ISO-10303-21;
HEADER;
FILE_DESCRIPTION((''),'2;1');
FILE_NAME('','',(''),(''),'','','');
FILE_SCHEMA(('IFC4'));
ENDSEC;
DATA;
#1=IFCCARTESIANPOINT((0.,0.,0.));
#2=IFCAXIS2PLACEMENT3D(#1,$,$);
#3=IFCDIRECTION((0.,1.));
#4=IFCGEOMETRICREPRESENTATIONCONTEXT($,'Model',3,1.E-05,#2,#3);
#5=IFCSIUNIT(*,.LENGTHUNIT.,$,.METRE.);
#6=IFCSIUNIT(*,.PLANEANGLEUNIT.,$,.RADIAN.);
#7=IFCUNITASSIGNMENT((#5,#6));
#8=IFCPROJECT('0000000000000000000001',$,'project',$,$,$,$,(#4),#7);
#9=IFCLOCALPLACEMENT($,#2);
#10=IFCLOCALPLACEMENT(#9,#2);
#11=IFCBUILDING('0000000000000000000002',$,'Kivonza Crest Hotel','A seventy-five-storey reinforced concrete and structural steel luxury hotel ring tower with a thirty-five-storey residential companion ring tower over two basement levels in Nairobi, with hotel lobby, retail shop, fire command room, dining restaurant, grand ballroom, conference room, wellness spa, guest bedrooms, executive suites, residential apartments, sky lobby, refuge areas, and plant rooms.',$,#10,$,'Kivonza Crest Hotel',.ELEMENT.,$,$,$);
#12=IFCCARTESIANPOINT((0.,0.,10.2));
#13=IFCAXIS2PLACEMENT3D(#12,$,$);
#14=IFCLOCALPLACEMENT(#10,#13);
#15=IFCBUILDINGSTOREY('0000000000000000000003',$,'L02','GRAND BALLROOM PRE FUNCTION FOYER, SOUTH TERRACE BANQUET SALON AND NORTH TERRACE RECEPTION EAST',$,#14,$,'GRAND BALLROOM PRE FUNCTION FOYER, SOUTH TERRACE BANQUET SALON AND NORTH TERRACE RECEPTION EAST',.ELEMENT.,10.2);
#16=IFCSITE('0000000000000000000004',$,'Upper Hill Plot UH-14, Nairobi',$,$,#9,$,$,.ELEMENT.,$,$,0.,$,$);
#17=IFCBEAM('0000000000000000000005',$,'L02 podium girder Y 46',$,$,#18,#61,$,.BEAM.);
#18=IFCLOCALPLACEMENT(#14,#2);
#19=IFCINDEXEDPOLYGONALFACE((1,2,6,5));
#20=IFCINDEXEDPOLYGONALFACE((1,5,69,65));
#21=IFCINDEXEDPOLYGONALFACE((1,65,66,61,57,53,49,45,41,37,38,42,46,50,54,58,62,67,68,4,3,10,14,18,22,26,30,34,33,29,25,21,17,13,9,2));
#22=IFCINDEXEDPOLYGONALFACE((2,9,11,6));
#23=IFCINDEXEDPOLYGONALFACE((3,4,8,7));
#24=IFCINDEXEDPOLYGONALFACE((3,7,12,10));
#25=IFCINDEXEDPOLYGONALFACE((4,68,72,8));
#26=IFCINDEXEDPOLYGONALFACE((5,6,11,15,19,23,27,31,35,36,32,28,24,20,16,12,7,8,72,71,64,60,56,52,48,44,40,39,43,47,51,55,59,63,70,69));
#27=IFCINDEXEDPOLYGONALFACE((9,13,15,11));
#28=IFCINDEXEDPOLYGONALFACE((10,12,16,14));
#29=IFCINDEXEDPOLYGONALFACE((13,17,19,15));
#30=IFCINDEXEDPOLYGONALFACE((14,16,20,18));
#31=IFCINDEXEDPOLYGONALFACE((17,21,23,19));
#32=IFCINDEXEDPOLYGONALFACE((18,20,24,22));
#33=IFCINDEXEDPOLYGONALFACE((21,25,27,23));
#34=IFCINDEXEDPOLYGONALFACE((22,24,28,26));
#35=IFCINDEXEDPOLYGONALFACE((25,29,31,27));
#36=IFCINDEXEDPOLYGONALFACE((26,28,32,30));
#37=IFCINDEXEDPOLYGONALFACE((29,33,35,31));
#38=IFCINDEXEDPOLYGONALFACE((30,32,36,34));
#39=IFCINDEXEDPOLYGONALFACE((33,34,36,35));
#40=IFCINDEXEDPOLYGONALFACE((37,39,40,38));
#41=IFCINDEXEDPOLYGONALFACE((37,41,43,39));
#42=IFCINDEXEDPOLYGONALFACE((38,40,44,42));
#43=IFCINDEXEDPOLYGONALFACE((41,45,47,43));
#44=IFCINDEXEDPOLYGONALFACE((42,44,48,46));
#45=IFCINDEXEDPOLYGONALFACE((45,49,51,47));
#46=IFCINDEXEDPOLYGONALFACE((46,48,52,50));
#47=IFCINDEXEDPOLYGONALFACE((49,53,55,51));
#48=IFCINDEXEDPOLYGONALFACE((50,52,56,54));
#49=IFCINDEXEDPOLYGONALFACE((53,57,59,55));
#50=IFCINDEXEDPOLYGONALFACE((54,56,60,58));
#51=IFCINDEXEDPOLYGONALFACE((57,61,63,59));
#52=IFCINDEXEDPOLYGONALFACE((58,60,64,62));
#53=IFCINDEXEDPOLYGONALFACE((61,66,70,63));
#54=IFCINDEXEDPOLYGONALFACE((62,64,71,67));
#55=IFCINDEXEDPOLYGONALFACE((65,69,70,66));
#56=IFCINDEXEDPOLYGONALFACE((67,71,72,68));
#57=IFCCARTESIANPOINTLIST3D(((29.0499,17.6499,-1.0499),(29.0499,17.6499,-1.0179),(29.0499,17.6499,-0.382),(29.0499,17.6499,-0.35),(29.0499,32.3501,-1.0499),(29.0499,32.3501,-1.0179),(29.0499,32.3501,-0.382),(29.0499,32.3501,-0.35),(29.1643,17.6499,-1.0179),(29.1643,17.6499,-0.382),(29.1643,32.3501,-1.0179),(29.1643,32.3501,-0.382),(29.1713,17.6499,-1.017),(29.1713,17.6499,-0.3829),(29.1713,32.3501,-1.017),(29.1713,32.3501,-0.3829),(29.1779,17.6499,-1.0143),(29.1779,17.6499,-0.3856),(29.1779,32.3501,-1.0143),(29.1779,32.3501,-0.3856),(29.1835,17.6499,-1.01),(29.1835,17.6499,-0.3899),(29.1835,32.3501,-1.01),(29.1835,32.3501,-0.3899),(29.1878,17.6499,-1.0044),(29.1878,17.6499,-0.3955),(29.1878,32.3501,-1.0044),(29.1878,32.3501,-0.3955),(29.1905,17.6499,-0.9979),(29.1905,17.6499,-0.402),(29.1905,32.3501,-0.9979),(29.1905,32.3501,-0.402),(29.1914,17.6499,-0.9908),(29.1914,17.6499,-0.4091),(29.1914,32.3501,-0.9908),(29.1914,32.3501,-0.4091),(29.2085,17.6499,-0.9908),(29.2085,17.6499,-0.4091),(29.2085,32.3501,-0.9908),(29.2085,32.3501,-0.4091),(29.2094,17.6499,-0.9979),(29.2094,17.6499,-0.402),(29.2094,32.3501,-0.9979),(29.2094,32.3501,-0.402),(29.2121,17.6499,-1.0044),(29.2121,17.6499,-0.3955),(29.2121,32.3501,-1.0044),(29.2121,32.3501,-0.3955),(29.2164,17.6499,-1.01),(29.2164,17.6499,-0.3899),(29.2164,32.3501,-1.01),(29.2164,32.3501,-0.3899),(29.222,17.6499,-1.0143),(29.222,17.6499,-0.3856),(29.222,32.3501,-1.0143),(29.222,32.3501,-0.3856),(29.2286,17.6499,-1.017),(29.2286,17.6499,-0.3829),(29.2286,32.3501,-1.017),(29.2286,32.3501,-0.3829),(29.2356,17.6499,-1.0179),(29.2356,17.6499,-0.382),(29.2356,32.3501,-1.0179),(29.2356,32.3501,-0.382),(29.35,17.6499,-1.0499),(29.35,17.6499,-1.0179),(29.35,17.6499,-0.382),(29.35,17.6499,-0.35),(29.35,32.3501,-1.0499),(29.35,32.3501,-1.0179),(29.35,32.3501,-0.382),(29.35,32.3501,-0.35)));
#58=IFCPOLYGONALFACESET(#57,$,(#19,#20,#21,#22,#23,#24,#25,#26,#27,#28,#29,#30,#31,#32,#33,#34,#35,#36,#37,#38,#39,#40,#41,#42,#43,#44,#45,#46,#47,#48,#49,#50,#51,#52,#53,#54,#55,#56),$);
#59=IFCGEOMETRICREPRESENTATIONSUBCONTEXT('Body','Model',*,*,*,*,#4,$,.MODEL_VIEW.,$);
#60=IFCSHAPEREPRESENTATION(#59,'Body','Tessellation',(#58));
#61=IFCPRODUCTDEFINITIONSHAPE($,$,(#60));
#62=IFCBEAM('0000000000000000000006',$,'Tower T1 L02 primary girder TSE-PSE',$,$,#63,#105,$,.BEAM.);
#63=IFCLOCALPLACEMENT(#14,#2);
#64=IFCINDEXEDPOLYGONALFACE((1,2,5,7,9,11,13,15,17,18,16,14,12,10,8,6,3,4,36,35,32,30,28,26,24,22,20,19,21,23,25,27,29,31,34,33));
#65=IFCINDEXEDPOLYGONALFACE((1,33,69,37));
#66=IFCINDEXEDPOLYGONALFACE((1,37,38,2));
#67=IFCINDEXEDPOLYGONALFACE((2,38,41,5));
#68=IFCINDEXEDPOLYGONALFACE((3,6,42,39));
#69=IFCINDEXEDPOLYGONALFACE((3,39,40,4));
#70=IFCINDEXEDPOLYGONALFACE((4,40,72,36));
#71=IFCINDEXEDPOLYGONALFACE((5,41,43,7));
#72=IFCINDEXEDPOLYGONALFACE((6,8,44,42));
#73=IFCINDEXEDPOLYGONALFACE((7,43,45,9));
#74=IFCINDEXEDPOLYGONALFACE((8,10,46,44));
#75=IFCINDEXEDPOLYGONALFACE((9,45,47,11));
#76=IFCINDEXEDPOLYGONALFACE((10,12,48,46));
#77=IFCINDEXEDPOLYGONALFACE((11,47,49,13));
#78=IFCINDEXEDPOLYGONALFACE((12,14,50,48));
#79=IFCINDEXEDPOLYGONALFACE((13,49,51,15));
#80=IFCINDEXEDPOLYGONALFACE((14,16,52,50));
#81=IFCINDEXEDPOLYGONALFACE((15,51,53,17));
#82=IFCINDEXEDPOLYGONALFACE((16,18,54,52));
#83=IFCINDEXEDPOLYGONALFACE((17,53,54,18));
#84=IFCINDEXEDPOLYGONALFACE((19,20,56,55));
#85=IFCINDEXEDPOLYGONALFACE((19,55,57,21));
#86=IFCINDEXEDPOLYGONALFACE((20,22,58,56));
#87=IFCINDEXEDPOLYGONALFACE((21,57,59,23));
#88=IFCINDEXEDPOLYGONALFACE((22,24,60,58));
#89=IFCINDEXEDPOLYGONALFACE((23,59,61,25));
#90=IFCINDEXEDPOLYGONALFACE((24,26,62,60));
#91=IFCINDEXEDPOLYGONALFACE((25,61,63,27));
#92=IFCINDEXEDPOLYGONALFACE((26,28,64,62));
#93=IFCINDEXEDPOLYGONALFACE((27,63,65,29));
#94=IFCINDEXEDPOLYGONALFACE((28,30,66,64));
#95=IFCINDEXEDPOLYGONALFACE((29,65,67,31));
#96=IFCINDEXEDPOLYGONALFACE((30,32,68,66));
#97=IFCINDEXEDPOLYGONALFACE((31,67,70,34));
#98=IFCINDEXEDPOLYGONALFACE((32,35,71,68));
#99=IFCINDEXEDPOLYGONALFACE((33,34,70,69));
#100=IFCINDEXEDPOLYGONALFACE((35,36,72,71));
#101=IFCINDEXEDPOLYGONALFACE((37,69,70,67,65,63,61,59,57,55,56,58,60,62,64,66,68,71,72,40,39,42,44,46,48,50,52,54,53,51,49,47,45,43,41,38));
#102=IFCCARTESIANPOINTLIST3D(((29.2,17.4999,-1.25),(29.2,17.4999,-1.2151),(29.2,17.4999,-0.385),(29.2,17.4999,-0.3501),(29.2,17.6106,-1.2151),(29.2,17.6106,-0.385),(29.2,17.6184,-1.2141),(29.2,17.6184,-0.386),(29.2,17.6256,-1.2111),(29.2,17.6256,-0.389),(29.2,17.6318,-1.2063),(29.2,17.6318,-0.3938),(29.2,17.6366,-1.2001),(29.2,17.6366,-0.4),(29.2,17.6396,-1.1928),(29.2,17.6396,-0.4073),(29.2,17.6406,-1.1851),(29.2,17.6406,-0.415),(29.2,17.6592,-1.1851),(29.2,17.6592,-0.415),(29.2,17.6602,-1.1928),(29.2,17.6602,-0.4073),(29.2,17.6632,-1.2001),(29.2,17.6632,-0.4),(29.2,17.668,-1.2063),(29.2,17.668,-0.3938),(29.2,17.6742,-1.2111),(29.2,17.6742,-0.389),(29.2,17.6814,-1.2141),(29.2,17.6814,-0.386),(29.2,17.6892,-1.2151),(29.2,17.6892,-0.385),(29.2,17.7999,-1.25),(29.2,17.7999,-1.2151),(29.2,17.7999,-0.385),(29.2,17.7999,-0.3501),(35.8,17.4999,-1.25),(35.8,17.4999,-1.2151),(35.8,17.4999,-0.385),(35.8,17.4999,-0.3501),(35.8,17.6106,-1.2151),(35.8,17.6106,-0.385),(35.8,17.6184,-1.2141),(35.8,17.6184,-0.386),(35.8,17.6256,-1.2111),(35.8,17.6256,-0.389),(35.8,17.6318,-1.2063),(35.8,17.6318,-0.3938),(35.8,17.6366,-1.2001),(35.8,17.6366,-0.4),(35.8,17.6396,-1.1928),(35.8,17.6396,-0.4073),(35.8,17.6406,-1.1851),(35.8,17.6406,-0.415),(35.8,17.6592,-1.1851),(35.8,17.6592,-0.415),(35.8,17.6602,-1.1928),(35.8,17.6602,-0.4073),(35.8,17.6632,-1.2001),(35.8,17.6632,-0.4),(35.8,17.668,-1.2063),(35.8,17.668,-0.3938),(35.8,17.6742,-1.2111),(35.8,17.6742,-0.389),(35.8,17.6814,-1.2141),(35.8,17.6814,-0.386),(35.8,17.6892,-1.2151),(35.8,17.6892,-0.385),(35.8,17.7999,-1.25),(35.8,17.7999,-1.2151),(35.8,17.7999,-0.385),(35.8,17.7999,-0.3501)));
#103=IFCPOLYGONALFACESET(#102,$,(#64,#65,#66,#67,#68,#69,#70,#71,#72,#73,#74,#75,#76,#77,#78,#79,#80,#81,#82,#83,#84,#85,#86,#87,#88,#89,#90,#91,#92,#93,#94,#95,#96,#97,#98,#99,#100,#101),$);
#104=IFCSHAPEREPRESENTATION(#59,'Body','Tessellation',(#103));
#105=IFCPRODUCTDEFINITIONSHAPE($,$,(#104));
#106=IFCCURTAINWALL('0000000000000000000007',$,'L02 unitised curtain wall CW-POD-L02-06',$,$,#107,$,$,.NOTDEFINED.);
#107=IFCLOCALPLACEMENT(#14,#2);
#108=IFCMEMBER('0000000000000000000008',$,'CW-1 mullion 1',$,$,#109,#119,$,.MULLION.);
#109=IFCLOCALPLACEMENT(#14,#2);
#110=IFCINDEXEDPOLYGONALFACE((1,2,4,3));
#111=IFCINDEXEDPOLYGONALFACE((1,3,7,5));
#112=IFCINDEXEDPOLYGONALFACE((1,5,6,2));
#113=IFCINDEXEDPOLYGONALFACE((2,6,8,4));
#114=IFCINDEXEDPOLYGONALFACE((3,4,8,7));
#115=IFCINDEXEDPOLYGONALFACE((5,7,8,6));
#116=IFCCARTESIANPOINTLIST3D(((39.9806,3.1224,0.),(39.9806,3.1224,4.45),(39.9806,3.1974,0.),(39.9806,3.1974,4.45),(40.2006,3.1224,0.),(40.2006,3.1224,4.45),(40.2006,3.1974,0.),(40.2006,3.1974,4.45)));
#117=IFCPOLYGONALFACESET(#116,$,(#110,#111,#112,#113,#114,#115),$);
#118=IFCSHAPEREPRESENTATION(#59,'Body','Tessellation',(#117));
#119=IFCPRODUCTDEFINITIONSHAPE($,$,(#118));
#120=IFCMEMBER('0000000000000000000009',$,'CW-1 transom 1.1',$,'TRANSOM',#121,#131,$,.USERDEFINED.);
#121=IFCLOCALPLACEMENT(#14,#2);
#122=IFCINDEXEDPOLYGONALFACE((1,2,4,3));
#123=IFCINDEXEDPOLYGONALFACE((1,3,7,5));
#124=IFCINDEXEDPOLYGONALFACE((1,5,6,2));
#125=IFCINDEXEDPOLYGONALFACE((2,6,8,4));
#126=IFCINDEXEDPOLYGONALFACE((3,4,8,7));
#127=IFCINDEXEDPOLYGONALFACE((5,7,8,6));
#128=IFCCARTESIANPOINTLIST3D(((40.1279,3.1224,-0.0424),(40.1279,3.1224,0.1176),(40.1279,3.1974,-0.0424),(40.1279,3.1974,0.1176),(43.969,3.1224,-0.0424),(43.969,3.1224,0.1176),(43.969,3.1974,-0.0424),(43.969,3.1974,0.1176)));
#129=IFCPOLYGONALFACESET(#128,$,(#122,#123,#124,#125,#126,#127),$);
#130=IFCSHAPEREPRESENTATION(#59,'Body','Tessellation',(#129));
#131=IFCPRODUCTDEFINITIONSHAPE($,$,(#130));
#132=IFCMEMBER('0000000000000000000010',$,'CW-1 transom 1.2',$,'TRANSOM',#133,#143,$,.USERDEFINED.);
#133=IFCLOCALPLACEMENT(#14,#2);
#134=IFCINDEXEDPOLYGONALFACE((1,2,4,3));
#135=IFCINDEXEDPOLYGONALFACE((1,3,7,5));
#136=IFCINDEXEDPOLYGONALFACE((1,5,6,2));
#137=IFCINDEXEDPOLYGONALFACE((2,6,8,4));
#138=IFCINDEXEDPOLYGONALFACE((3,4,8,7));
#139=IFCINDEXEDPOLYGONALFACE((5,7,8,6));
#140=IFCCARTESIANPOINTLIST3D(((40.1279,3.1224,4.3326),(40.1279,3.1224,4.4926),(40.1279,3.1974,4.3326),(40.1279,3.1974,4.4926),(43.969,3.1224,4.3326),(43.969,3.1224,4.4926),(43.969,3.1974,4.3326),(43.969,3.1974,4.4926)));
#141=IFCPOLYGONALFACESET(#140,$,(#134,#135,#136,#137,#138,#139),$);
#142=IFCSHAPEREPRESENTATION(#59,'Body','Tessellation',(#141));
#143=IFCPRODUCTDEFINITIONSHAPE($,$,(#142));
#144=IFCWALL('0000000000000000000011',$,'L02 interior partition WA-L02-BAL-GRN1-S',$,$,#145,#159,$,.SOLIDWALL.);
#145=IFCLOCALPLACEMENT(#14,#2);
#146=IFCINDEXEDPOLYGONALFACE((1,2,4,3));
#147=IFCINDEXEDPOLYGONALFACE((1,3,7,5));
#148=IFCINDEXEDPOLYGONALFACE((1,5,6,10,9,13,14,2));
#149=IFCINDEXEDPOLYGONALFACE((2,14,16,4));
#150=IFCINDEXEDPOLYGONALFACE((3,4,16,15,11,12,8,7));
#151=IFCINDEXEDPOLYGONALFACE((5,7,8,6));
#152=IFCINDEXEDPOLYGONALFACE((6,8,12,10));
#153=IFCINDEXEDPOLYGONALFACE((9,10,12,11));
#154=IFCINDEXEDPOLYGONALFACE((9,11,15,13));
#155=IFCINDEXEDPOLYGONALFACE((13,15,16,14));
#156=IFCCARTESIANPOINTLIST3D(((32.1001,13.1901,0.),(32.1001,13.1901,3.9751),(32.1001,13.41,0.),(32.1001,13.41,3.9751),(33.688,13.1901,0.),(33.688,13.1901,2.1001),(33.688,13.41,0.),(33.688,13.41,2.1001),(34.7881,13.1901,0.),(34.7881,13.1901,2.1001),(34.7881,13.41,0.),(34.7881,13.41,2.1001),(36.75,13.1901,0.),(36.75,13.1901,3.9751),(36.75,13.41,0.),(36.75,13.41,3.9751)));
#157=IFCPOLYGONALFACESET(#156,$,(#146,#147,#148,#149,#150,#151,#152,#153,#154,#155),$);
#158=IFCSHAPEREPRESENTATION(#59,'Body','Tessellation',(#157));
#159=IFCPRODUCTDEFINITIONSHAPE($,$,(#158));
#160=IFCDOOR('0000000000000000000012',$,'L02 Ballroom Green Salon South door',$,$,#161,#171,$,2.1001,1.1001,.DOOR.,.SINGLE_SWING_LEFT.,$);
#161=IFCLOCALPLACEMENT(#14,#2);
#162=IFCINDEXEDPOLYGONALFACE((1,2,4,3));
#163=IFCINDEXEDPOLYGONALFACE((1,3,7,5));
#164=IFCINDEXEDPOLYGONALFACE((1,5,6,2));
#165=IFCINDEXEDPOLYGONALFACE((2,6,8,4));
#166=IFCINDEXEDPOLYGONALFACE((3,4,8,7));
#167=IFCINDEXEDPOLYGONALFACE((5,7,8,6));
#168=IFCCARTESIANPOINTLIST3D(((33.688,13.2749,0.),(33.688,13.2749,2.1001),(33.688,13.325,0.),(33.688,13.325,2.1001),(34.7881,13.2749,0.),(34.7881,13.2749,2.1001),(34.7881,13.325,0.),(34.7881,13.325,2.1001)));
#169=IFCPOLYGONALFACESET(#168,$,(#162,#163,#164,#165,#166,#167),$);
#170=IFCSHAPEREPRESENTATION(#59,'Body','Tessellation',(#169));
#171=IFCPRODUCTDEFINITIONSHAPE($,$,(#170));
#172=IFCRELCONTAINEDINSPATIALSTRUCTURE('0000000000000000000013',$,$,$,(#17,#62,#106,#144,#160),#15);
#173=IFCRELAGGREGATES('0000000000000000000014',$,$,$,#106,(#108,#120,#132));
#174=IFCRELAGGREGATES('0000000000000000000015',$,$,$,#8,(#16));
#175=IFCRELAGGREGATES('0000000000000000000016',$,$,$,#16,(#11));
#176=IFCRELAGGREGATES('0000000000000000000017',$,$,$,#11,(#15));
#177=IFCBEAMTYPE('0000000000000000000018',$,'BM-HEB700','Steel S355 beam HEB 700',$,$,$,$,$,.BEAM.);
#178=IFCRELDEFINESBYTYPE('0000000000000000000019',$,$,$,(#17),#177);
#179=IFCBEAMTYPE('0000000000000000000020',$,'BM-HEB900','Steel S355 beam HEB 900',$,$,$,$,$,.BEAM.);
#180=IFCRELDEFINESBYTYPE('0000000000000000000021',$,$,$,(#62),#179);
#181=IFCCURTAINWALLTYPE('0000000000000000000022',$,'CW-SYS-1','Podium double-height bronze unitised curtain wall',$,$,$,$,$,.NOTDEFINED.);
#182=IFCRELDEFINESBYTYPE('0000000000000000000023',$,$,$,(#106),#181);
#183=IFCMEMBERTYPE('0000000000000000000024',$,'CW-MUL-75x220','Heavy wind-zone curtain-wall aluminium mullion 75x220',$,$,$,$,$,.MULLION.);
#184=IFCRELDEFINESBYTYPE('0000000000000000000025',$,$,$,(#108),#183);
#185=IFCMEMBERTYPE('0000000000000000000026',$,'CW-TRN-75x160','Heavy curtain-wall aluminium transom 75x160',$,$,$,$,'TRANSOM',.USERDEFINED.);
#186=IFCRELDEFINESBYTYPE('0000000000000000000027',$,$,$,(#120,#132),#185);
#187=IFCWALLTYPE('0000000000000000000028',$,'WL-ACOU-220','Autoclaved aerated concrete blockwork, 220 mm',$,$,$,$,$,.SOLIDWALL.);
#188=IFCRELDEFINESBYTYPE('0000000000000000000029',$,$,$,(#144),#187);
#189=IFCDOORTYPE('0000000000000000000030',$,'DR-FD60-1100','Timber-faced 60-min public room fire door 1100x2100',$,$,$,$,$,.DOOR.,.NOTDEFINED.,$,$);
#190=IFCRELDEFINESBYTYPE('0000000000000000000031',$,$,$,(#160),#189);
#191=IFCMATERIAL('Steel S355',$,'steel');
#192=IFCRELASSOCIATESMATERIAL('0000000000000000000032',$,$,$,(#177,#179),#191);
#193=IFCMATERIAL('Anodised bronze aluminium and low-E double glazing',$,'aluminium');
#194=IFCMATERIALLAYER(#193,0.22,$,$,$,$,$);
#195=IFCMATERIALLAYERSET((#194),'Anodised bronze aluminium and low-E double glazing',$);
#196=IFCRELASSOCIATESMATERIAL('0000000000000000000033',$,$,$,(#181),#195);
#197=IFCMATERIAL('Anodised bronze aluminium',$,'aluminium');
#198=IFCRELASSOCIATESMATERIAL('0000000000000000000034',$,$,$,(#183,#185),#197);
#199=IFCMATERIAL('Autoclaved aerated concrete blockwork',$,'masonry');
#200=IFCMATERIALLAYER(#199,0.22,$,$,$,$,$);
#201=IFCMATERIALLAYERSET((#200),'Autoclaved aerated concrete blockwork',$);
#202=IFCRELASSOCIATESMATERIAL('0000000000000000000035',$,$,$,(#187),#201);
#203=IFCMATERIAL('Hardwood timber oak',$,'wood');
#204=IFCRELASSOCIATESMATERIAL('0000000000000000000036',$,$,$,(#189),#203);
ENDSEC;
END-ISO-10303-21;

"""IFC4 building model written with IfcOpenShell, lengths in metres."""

from ifc_helpers import new_model, si_unit, direction, frame, frame_2d, origin, origin_2d, place, context, subcontext, project, spatial, rectangle, i_section, extrude, material, layer, layer_set, material_profile, profile_set, type_object, element, fill, aggregate, save


model = new_model("IFC4")

# Units and contexts
model_context = context("Model", 3, precision=1e-05, world=origin(), true_north=direction((0.0, 1.0)))
body_context = subcontext(model_context, "Body", "Model", "MODEL_VIEW")
ifc_project = project(units=[si_unit("LENGTHUNIT", "METRE"), si_unit("PLANEANGLEUNIT", "RADIAN")], contexts=[model_context])

# Site, building, storey
site_placement = place(None, origin())
site = spatial("IfcSite", under=ifc_project, at=site_placement, Name="Upper Hill Plot UH-14, Nairobi", CompositionType="ELEMENT", RefElevation=0.0)
building_placement = place(site_placement, origin())
building = spatial("IfcBuilding", under=site, at=building_placement, Name="Kivonza Crest Hotel", Description="A seventy-five-storey reinforced concrete and structural steel luxury hotel ring tower with a thirty-five-storey residential companion ring tower over two basement levels in Nairobi, with hotel lobby, retail shop, fire command room, dining restaurant, grand ballroom, conference room, wellness spa, guest bedrooms, executive suites, residential apartments, sky lobby, refuge areas, and plant rooms.", LongName="Kivonza Crest Hotel", CompositionType="ELEMENT")
storey_placement = place(building_placement, frame((0.0, 0.0, 10.2)))
storey = spatial("IfcBuildingStorey", under=building, at=storey_placement, Name="L02", Description="GRAND BALLROOM PRE FUNCTION FOYER, SOUTH TERRACE BANQUET SALON AND NORTH TERRACE RECEPTION EAST", LongName="GRAND BALLROOM PRE FUNCTION FOYER, SOUTH TERRACE BANQUET SALON AND NORTH TERRACE RECEPTION EAST", CompositionType="ELEMENT", Elevation=10.2)

# Beams
ifc_material_1 = material(Name="Steel S355", Category="steel")
ifc_material_profile_1 = material_profile(ifc_material_1, i_section(OverallWidth=0.3, OverallDepth=0.7, WebThickness=0.0171, FlangeThickness=0.032, FilletRadius=0.0271, at=origin_2d()), Name="HEB 700")
ifc_profile_set_1 = profile_set([ifc_material_profile_1], Name="Steel S355")
beam_type_1 = type_object("IfcBeamType", Name="BM-HEB700", Description="Steel S355 beam HEB 700", PredefinedType="BEAM", material=ifc_profile_set_1)
beam_1_placement = place(storey_placement, frame((29.2, 17.6499, -0.7), z_axis=(0.0, 1.0, 0.0), x_axis=(-1.0, 0.0, 0.0)))
element("IfcBeam", 1, at=beam_1_placement, inside=storey, type_object=beam_type_1, Name="L02 podium girder Y 46", PredefinedType="BEAM", context=body_context, shape_type="SweptSolid", body=[
    extrude(i_section(OverallWidth=0.3, OverallDepth=0.7, WebThickness=0.0171, FlangeThickness=0.032, FilletRadius=0.0271, at=origin_2d()), origin(), (0.0, 0.0, 1.0), 14.7002),
])
ifc_material_profile_2 = material_profile(ifc_material_1, i_section(OverallWidth=0.3, OverallDepth=0.8999, WebThickness=0.0186, FlangeThickness=0.0349, FilletRadius=0.03, at=origin_2d()), Name="HEB 900")
ifc_profile_set_2 = profile_set([ifc_material_profile_2], Name="Steel S355")
beam_type_2 = type_object("IfcBeamType", Name="BM-HEB900", Description="Steel S355 beam HEB 900", PredefinedType="BEAM", material=ifc_profile_set_2)
beam_2_placement = place(storey_placement, frame((29.2, 17.6499, -0.8), z_axis=(1.0, 0.0, 0.0), x_axis=(0.0, 1.0, 0.0)))
element("IfcBeam", 2, at=beam_2_placement, inside=storey, type_object=beam_type_2, Name="Tower T1 L02 primary girder TSE-PSE", PredefinedType="BEAM", context=body_context, shape_type="SweptSolid", body=[
    extrude(i_section(OverallWidth=0.3, OverallDepth=0.8999, WebThickness=0.0186, FlangeThickness=0.0349, FilletRadius=0.03, at=origin_2d()), origin(), (0.0, 0.0, 1.0), 6.6001),
])

# Curtain wall, members
ifc_material_2 = material(Name="Anodised bronze aluminium and low-E double glazing", Category="aluminium")
ifc_layer_1 = layer(ifc_material_2, 0.22)
ifc_layer_set_1 = layer_set([ifc_layer_1], Name="Anodised bronze aluminium and low-E double glazing")
curtain_wall_type = type_object("IfcCurtainWallType", Name="CW-SYS-1", Description="Podium double-height bronze unitised curtain wall", PredefinedType="NOTDEFINED", material=ifc_layer_set_1)
curtain_wall_placement = place(storey_placement, origin())
curtain_wall = element("IfcCurtainWall", 3, at=curtain_wall_placement, inside=storey, type_object=curtain_wall_type, Name="L02 unitised curtain wall CW-POD-L02-06", PredefinedType="NOTDEFINED")
ifc_material_3 = material(Name="Anodised bronze aluminium", Category="aluminium")
ifc_material_profile_3 = material_profile(ifc_material_3, rectangle(XDim=0.075, YDim=0.22, at=origin_2d()), Name="CW-M 75x220")
ifc_profile_set_3 = profile_set([ifc_material_profile_3], Name="Anodised bronze aluminium")
member_type_1 = type_object("IfcMemberType", Name="CW-MUL-75x220", Description="Heavy wind-zone curtain-wall aluminium mullion 75x220", PredefinedType="MULLION", material=ifc_profile_set_3)
member_1_placement = place(storey_placement, frame((40.0906, 3.1599, 0.0), z_axis=(0.0, 0.0, 1.0), x_axis=(0.0, 1.0, 0.0)))
member_1 = element("IfcMember", 4, at=member_1_placement, type_object=member_type_1, Name="CW-1 mullion 1", PredefinedType="MULLION", context=body_context, shape_type="SweptSolid", body=[
    extrude(rectangle(XDim=0.075, YDim=0.22, at=origin_2d()), origin(), (0.0, 0.0, 1.0), 4.45),
])
ifc_material_profile_4 = material_profile(ifc_material_3, rectangle(XDim=0.075, YDim=0.1599, at=origin_2d()), Name="CW-T 75x160")
ifc_profile_set_4 = profile_set([ifc_material_profile_4], Name="Anodised bronze aluminium")
member_type_2 = type_object("IfcMemberType", Name="CW-TRN-75x160", Description="Heavy curtain-wall aluminium transom 75x160", ElementType="TRANSOM", PredefinedType="USERDEFINED", material=ifc_profile_set_4)
member_2_placement = place(storey_placement, frame((40.1279, 3.1599, 0.0376), z_axis=(1.0, 0.0, 0.0), x_axis=(0.0, 1.0, 0.0)))
member_2 = element("IfcMember", 5, at=member_2_placement, type_object=member_type_2, Name="CW-1 transom 1.1", ObjectType="TRANSOM", PredefinedType="USERDEFINED", context=body_context, shape_type="SweptSolid", body=[
    extrude(rectangle(XDim=0.075, YDim=0.1599, at=origin_2d()), origin(), (0.0, 0.0, 1.0), 3.8411),
])
member_3_placement = place(storey_placement, frame((40.1279, 3.1599, 4.4126), z_axis=(1.0, 0.0, 0.0), x_axis=(0.0, 1.0, 0.0)))
member_3 = element("IfcMember", 6, at=member_3_placement, type_object=member_type_2, Name="CW-1 transom 1.2", ObjectType="TRANSOM", PredefinedType="USERDEFINED", context=body_context, shape_type="SweptSolid", body=[
    extrude(rectangle(XDim=0.075, YDim=0.1599, at=origin_2d()), origin(), (0.0, 0.0, 1.0), 3.8411),
])
aggregate(curtain_wall, [member_1, member_2, member_3])

# Wall, opening, door
ifc_material_4 = material(Name="Autoclaved aerated concrete blockwork", Category="masonry")
ifc_layer_2 = layer(ifc_material_4, 0.22)
ifc_layer_set_2 = layer_set([ifc_layer_2], Name="Autoclaved aerated concrete blockwork")
wall_type_1 = type_object("IfcWallType", Name="WL-ACOU-220", Description="Autoclaved aerated concrete blockwork, 220 mm", PredefinedType="SOLIDWALL", material=ifc_layer_set_2)
wall_1_placement = place(storey_placement, frame((32.1001, 13.3, 0.0), z_axis=(0.0, 0.0, 1.0), x_axis=(1.0, 0.0, 0.0)))
wall_1 = element("IfcWall", 7, at=wall_1_placement, inside=storey, type_object=wall_type_1, Name="L02 interior partition WA-L02-BAL-GRN1-S", PredefinedType="SOLIDWALL", context=body_context, shape_type="SweptSolid", body=[
    extrude(rectangle(XDim=4.6499, YDim=0.22, at=frame_2d((2.325, 0.0))), origin(), (0.0, 0.0, 1.0), 3.9751),
])
opening_placement = place(wall_1_placement, frame((1.5879, 0.0, 0.0)))
opening = element("IfcOpeningElement", 8, at=opening_placement, cuts=wall_1, PredefinedType="OPENING", context=body_context, shape_type="SweptSolid", body=[
    extrude(rectangle(XDim=1.1001, YDim=2.1001, at=frame_2d((0.55, 1.05))), frame((0.0, 0.1201, 0.0), z_axis=(0.0, -1.0, 0.0), x_axis=(1.0, 0.0, 0.0)), (0.0, 0.0, 1.0), 0.24),
])
ifc_material_5 = material(Name="Hardwood timber oak", Category="wood")
door_type = type_object("IfcDoorType", Name="DR-FD60-1100", Description="Timber-faced 60-min public room fire door 1100x2100", OperationType="NOTDEFINED", PredefinedType="DOOR", material=ifc_material_5)
door_placement = place(opening_placement, origin())
door = element("IfcDoor", 9, at=door_placement, inside=storey, type_object=door_type, Name="L02 Ballroom Green Salon South door", OperationType="SINGLE_SWING_LEFT", OverallHeight=2.1001, OverallWidth=1.1001, PredefinedType="DOOR", context=body_context, shape_type="SweptSolid", body=[
    extrude(rectangle(XDim=1.1001, YDim=2.1001, at=frame_2d((0.55, 1.05))), frame((0.0, 0.0249, 0.0), z_axis=(0.0, -1.0, 0.0), x_axis=(1.0, 0.0, 0.0)), (0.0, 0.0, 1.0), 0.05),
])
fill(opening, door)

save(model, "model.ifc")
